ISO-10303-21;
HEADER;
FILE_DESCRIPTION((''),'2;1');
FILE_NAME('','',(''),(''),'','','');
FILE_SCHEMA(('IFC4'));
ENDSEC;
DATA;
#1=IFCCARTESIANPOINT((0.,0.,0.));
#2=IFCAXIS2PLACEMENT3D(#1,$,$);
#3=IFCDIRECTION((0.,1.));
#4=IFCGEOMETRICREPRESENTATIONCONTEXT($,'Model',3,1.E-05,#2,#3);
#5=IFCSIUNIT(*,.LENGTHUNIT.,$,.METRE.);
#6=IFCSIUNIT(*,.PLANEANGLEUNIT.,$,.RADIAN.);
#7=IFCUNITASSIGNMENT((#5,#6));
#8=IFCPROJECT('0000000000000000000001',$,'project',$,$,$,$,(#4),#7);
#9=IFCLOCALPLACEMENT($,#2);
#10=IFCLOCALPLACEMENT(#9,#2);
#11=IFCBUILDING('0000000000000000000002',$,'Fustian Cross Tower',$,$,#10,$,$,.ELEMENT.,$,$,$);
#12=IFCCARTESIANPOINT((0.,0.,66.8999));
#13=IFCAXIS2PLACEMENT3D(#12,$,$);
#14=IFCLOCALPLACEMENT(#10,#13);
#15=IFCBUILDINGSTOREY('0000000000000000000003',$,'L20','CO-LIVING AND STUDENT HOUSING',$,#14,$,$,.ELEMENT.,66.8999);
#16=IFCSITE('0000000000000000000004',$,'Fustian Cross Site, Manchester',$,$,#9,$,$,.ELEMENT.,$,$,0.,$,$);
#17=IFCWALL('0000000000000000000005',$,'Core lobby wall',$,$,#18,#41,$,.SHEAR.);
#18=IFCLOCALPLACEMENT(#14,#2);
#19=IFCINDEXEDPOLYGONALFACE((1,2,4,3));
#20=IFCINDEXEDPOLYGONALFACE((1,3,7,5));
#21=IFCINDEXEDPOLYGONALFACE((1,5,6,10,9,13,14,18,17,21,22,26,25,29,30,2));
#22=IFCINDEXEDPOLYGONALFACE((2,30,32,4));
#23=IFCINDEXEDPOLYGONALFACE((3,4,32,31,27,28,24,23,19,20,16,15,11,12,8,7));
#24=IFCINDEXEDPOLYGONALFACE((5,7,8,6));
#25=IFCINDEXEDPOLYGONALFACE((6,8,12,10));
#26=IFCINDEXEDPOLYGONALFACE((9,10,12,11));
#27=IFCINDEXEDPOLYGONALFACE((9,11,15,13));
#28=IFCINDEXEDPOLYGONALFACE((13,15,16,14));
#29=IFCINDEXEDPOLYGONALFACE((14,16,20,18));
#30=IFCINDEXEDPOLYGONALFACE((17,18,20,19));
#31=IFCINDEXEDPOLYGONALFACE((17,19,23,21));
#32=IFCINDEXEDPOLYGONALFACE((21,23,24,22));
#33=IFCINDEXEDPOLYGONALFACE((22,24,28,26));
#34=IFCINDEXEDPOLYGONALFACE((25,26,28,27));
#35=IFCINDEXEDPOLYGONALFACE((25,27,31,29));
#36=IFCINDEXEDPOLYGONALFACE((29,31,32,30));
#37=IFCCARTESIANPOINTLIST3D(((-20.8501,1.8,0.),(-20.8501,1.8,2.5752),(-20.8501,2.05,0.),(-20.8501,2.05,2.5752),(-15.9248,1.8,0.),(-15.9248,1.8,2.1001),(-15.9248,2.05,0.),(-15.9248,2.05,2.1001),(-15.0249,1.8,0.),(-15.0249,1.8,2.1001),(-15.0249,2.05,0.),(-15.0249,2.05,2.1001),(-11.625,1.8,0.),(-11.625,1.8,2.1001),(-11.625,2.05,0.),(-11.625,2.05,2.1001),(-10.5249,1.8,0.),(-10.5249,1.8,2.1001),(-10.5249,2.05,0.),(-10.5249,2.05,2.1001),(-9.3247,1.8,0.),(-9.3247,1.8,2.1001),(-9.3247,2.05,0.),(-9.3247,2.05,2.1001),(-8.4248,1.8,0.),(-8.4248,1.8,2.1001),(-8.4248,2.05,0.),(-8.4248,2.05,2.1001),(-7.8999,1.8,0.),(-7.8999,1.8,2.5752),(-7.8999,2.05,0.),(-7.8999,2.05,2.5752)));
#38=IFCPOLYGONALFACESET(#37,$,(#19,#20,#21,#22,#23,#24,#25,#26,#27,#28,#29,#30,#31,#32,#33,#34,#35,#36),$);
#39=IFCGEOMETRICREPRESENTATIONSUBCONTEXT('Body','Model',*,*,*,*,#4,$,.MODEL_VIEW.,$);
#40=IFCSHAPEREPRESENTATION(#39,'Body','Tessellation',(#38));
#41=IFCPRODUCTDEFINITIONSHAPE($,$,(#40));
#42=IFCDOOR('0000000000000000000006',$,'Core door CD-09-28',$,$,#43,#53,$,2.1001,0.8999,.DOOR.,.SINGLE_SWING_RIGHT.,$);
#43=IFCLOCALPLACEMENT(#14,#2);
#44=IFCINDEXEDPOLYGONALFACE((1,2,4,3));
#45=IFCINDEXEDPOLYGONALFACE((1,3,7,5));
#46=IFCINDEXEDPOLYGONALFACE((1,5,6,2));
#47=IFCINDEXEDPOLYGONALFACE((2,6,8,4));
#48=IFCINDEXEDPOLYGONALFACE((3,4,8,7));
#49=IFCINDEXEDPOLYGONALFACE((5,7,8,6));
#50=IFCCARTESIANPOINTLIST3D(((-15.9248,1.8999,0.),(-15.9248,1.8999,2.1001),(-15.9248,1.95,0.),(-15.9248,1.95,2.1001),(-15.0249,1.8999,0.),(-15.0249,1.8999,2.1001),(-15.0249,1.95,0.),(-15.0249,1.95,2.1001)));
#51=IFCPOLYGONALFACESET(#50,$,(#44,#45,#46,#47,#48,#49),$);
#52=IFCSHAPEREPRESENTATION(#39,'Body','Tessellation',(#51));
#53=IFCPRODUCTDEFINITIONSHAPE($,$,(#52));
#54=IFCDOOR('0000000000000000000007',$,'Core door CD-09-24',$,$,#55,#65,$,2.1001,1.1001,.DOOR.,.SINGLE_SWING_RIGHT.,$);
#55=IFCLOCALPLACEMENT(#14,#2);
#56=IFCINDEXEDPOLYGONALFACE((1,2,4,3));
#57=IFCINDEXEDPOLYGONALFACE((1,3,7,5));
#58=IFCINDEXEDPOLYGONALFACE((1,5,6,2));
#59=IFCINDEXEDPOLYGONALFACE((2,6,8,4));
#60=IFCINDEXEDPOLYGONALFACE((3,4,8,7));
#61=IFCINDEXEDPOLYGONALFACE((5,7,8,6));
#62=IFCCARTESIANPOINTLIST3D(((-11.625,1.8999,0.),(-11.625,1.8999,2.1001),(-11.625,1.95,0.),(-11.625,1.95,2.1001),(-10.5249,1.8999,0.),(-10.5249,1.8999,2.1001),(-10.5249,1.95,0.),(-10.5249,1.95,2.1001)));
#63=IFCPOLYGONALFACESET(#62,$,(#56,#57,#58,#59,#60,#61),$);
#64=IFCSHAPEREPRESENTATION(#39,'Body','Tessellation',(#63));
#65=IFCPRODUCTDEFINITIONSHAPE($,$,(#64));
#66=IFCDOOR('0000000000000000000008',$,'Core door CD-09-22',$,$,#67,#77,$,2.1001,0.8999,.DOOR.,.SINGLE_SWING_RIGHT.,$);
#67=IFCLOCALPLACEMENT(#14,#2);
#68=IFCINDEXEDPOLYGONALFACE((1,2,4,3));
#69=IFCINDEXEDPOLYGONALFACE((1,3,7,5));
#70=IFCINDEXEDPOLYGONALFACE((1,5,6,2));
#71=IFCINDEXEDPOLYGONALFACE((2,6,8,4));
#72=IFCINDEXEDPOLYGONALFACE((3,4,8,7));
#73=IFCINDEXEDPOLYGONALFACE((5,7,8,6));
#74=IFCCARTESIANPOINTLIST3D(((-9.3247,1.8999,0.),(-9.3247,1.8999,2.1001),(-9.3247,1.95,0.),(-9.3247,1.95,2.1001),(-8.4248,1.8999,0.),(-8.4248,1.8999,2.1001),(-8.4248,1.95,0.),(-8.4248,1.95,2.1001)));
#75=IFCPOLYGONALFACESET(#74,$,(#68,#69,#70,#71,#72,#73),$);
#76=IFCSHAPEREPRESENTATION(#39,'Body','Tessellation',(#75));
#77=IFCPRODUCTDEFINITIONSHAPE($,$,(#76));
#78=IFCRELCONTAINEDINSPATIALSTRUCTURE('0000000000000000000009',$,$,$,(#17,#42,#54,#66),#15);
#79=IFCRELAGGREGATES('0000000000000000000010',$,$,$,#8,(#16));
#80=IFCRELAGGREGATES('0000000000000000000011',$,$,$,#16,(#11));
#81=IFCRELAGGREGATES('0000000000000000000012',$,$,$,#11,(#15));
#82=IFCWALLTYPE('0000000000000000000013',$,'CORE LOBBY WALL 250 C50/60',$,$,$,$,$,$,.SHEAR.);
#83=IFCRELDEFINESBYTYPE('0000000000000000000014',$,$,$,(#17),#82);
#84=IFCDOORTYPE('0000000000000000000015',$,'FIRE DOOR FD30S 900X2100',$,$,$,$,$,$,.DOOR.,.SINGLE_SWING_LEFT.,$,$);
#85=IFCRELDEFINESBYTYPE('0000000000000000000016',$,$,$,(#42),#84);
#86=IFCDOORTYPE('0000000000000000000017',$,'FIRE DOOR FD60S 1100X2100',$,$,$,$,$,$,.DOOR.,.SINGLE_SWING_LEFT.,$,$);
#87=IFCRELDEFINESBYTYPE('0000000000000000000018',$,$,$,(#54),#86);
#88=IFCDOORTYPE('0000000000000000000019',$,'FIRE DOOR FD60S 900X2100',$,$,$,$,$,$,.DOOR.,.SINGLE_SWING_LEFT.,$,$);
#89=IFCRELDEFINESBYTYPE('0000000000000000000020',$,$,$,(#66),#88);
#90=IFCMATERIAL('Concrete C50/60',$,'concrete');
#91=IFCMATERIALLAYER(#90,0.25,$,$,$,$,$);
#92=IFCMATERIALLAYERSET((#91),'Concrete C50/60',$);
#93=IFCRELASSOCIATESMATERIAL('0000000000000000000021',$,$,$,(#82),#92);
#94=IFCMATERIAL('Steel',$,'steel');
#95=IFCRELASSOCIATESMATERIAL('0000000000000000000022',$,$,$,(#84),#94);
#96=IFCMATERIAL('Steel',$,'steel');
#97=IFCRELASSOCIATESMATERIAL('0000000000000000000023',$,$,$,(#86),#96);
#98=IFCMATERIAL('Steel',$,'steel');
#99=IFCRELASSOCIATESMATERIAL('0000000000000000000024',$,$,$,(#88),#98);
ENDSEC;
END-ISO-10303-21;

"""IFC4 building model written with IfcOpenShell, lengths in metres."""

from ifc_helpers import new_model, si_unit, direction, frame, frame_2d, origin, place, context, subcontext, project, spatial, rectangle, extrude, material, layer, layer_set, type_object, element, fill, save


model = new_model("IFC4")

# Units and contexts
model_context = context("Model", 3, precision=1e-05, world=origin(), true_north=direction((0.0, 1.0)))
body_context = subcontext(model_context, "Body", "Model", "MODEL_VIEW")
ifc_project = project(units=[si_unit("LENGTHUNIT", "METRE"), si_unit("PLANEANGLEUNIT", "RADIAN")], contexts=[model_context])

# Site, building, storey
site_placement = place(None, origin())
site = spatial("IfcSite", under=ifc_project, at=site_placement, Name="Fustian Cross Site, Manchester", CompositionType="ELEMENT", RefElevation=0.0)
building_placement = place(site_placement, origin())
building = spatial("IfcBuilding", under=site, at=building_placement, Name="Fustian Cross Tower", CompositionType="ELEMENT")
storey_placement = place(building_placement, frame((0.0, 0.0, 66.8999)))
storey = spatial("IfcBuildingStorey", under=building, at=storey_placement, Name="L20", Description="CO-LIVING AND STUDENT HOUSING", CompositionType="ELEMENT", Elevation=66.8999)

# Wall, openings, doors
ifc_material_1 = material(Name="Concrete C50/60", Category="concrete")
ifc_layer_1 = layer(ifc_material_1, 0.25)
ifc_layer_set_1 = layer_set([ifc_layer_1], Name="Concrete C50/60")
wall_type_1 = type_object("IfcWallType", Name="CORE LOBBY WALL 250 C50/60", PredefinedType="SHEAR", material=ifc_layer_set_1)
wall_1_placement = place(storey_placement, frame((-7.8999, 1.925, 0.0), z_axis=(0.0, 0.0, 1.0), x_axis=(-1.0, 0.0, 0.0)))
wall_1 = element("IfcWall", 1, at=wall_1_placement, inside=storey, type_object=wall_type_1, Name="Core lobby wall", PredefinedType="SHEAR", context=body_context, shape_type="SweptSolid", body=[
    extrude(rectangle(XDim=12.9502, YDim=0.25, at=frame_2d((6.4751, 0.0))), origin(), (0.0, 0.0, 1.0), 2.5752),
])
opening_1_placement = place(wall_1_placement, frame((0.5249, 0.0, 0.0)))
opening_1 = element("IfcOpeningElement", 2, at=opening_1_placement, cuts=wall_1, PredefinedType="OPENING", context=body_context, shape_type="SweptSolid", body=[
    extrude(rectangle(XDim=0.8999, YDim=2.1001, at=frame_2d((0.45, 1.05))), frame((0.0, 0.135, 0.0), z_axis=(0.0, -1.0, 0.0), x_axis=(1.0, 0.0, 0.0)), (0.0, 0.0, 1.0), 0.27),
])
opening_2_placement = place(wall_1_placement, frame((2.625, 0.0, 0.0)))
opening_2 = element("IfcOpeningElement", 3, at=opening_2_placement, cuts=wall_1, PredefinedType="OPENING", context=body_context, shape_type="SweptSolid", body=[
    extrude(rectangle(XDim=1.1001, YDim=2.1001, at=frame_2d((0.55, 1.05))), frame((0.0, 0.135, 0.0), z_axis=(0.0, -1.0, 0.0), x_axis=(1.0, 0.0, 0.0)), (0.0, 0.0, 1.0), 0.27),
])
opening_3_placement = place(wall_1_placement, frame((7.125, 0.0, 0.0)))
opening_3 = element("IfcOpeningElement", 4, at=opening_3_placement, cuts=wall_1, PredefinedType="OPENING", context=body_context, shape_type="SweptSolid", body=[
    extrude(rectangle(XDim=0.8999, YDim=2.1001, at=frame_2d((0.45, 1.05))), frame((0.0, 0.135, 0.0), z_axis=(0.0, -1.0, 0.0), x_axis=(1.0, 0.0, 0.0)), (0.0, 0.0, 1.0), 0.27),
])
ifc_material_2 = material(Name="Steel", Category="steel")
door_type_1 = type_object("IfcDoorType", Name="FIRE DOOR FD30S 900X2100", OperationType="SINGLE_SWING_LEFT", PredefinedType="DOOR", material=ifc_material_2)
door_1_placement = place(opening_3_placement, frame((0.8999, 0.0, 0.0), z_axis=(0.0, 0.0, 1.0), x_axis=(-1.0, 0.0, 0.0)))
door_1 = element("IfcDoor", 5, at=door_1_placement, inside=storey, type_object=door_type_1, Name="Core door CD-09-28", OperationType="SINGLE_SWING_RIGHT", OverallHeight=2.1001, OverallWidth=0.8999, PredefinedType="DOOR", context=body_context, shape_type="SweptSolid", body=[
    extrude(rectangle(XDim=0.8999, YDim=2.1001, at=frame_2d((0.45, 1.05))), frame((0.0, 0.0249, 0.0), z_axis=(0.0, -1.0, 0.0), x_axis=(1.0, 0.0, 0.0)), (0.0, 0.0, 1.0), 0.05),
])
fill(opening_3, door_1)
ifc_material_3 = material(Name="Steel", Category="steel")
door_type_2 = type_object("IfcDoorType", Name="FIRE DOOR FD60S 1100X2100", OperationType="SINGLE_SWING_LEFT", PredefinedType="DOOR", material=ifc_material_3)
door_2_placement = place(opening_2_placement, frame((1.1001, 0.0, 0.0), z_axis=(0.0, 0.0, 1.0), x_axis=(-1.0, 0.0, 0.0)))
door_2 = element("IfcDoor", 6, at=door_2_placement, inside=storey, type_object=door_type_2, Name="Core door CD-09-24", OperationType="SINGLE_SWING_RIGHT", OverallHeight=2.1001, OverallWidth=1.1001, PredefinedType="DOOR", context=body_context, shape_type="SweptSolid", body=[
    extrude(rectangle(XDim=1.1001, YDim=2.1001, at=frame_2d((0.55, 1.05))), frame((0.0, 0.0249, 0.0), z_axis=(0.0, -1.0, 0.0), x_axis=(1.0, 0.0, 0.0)), (0.0, 0.0, 1.0), 0.05),
])
fill(opening_2, door_2)
ifc_material_4 = material(Name="Steel", Category="steel")
door_type_3 = type_object("IfcDoorType", Name="FIRE DOOR FD60S 900X2100", OperationType="SINGLE_SWING_LEFT", PredefinedType="DOOR", material=ifc_material_4)
door_3_placement = place(opening_1_placement, frame((0.8999, 0.0, 0.0), z_axis=(0.0, 0.0, 1.0), x_axis=(-1.0, 0.0, 0.0)))
door_3 = element("IfcDoor", 7, at=door_3_placement, inside=storey, type_object=door_type_3, Name="Core door CD-09-22", OperationType="SINGLE_SWING_RIGHT", OverallHeight=2.1001, OverallWidth=0.8999, PredefinedType="DOOR", context=body_context, shape_type="SweptSolid", body=[
    extrude(rectangle(XDim=0.8999, YDim=2.1001, at=frame_2d((0.45, 1.05))), frame((0.0, 0.0249, 0.0), z_axis=(0.0, -1.0, 0.0), x_axis=(1.0, 0.0, 0.0)), (0.0, 0.0, 1.0), 0.05),
])
fill(opening_1, door_3)

save(model, "model.ifc")
